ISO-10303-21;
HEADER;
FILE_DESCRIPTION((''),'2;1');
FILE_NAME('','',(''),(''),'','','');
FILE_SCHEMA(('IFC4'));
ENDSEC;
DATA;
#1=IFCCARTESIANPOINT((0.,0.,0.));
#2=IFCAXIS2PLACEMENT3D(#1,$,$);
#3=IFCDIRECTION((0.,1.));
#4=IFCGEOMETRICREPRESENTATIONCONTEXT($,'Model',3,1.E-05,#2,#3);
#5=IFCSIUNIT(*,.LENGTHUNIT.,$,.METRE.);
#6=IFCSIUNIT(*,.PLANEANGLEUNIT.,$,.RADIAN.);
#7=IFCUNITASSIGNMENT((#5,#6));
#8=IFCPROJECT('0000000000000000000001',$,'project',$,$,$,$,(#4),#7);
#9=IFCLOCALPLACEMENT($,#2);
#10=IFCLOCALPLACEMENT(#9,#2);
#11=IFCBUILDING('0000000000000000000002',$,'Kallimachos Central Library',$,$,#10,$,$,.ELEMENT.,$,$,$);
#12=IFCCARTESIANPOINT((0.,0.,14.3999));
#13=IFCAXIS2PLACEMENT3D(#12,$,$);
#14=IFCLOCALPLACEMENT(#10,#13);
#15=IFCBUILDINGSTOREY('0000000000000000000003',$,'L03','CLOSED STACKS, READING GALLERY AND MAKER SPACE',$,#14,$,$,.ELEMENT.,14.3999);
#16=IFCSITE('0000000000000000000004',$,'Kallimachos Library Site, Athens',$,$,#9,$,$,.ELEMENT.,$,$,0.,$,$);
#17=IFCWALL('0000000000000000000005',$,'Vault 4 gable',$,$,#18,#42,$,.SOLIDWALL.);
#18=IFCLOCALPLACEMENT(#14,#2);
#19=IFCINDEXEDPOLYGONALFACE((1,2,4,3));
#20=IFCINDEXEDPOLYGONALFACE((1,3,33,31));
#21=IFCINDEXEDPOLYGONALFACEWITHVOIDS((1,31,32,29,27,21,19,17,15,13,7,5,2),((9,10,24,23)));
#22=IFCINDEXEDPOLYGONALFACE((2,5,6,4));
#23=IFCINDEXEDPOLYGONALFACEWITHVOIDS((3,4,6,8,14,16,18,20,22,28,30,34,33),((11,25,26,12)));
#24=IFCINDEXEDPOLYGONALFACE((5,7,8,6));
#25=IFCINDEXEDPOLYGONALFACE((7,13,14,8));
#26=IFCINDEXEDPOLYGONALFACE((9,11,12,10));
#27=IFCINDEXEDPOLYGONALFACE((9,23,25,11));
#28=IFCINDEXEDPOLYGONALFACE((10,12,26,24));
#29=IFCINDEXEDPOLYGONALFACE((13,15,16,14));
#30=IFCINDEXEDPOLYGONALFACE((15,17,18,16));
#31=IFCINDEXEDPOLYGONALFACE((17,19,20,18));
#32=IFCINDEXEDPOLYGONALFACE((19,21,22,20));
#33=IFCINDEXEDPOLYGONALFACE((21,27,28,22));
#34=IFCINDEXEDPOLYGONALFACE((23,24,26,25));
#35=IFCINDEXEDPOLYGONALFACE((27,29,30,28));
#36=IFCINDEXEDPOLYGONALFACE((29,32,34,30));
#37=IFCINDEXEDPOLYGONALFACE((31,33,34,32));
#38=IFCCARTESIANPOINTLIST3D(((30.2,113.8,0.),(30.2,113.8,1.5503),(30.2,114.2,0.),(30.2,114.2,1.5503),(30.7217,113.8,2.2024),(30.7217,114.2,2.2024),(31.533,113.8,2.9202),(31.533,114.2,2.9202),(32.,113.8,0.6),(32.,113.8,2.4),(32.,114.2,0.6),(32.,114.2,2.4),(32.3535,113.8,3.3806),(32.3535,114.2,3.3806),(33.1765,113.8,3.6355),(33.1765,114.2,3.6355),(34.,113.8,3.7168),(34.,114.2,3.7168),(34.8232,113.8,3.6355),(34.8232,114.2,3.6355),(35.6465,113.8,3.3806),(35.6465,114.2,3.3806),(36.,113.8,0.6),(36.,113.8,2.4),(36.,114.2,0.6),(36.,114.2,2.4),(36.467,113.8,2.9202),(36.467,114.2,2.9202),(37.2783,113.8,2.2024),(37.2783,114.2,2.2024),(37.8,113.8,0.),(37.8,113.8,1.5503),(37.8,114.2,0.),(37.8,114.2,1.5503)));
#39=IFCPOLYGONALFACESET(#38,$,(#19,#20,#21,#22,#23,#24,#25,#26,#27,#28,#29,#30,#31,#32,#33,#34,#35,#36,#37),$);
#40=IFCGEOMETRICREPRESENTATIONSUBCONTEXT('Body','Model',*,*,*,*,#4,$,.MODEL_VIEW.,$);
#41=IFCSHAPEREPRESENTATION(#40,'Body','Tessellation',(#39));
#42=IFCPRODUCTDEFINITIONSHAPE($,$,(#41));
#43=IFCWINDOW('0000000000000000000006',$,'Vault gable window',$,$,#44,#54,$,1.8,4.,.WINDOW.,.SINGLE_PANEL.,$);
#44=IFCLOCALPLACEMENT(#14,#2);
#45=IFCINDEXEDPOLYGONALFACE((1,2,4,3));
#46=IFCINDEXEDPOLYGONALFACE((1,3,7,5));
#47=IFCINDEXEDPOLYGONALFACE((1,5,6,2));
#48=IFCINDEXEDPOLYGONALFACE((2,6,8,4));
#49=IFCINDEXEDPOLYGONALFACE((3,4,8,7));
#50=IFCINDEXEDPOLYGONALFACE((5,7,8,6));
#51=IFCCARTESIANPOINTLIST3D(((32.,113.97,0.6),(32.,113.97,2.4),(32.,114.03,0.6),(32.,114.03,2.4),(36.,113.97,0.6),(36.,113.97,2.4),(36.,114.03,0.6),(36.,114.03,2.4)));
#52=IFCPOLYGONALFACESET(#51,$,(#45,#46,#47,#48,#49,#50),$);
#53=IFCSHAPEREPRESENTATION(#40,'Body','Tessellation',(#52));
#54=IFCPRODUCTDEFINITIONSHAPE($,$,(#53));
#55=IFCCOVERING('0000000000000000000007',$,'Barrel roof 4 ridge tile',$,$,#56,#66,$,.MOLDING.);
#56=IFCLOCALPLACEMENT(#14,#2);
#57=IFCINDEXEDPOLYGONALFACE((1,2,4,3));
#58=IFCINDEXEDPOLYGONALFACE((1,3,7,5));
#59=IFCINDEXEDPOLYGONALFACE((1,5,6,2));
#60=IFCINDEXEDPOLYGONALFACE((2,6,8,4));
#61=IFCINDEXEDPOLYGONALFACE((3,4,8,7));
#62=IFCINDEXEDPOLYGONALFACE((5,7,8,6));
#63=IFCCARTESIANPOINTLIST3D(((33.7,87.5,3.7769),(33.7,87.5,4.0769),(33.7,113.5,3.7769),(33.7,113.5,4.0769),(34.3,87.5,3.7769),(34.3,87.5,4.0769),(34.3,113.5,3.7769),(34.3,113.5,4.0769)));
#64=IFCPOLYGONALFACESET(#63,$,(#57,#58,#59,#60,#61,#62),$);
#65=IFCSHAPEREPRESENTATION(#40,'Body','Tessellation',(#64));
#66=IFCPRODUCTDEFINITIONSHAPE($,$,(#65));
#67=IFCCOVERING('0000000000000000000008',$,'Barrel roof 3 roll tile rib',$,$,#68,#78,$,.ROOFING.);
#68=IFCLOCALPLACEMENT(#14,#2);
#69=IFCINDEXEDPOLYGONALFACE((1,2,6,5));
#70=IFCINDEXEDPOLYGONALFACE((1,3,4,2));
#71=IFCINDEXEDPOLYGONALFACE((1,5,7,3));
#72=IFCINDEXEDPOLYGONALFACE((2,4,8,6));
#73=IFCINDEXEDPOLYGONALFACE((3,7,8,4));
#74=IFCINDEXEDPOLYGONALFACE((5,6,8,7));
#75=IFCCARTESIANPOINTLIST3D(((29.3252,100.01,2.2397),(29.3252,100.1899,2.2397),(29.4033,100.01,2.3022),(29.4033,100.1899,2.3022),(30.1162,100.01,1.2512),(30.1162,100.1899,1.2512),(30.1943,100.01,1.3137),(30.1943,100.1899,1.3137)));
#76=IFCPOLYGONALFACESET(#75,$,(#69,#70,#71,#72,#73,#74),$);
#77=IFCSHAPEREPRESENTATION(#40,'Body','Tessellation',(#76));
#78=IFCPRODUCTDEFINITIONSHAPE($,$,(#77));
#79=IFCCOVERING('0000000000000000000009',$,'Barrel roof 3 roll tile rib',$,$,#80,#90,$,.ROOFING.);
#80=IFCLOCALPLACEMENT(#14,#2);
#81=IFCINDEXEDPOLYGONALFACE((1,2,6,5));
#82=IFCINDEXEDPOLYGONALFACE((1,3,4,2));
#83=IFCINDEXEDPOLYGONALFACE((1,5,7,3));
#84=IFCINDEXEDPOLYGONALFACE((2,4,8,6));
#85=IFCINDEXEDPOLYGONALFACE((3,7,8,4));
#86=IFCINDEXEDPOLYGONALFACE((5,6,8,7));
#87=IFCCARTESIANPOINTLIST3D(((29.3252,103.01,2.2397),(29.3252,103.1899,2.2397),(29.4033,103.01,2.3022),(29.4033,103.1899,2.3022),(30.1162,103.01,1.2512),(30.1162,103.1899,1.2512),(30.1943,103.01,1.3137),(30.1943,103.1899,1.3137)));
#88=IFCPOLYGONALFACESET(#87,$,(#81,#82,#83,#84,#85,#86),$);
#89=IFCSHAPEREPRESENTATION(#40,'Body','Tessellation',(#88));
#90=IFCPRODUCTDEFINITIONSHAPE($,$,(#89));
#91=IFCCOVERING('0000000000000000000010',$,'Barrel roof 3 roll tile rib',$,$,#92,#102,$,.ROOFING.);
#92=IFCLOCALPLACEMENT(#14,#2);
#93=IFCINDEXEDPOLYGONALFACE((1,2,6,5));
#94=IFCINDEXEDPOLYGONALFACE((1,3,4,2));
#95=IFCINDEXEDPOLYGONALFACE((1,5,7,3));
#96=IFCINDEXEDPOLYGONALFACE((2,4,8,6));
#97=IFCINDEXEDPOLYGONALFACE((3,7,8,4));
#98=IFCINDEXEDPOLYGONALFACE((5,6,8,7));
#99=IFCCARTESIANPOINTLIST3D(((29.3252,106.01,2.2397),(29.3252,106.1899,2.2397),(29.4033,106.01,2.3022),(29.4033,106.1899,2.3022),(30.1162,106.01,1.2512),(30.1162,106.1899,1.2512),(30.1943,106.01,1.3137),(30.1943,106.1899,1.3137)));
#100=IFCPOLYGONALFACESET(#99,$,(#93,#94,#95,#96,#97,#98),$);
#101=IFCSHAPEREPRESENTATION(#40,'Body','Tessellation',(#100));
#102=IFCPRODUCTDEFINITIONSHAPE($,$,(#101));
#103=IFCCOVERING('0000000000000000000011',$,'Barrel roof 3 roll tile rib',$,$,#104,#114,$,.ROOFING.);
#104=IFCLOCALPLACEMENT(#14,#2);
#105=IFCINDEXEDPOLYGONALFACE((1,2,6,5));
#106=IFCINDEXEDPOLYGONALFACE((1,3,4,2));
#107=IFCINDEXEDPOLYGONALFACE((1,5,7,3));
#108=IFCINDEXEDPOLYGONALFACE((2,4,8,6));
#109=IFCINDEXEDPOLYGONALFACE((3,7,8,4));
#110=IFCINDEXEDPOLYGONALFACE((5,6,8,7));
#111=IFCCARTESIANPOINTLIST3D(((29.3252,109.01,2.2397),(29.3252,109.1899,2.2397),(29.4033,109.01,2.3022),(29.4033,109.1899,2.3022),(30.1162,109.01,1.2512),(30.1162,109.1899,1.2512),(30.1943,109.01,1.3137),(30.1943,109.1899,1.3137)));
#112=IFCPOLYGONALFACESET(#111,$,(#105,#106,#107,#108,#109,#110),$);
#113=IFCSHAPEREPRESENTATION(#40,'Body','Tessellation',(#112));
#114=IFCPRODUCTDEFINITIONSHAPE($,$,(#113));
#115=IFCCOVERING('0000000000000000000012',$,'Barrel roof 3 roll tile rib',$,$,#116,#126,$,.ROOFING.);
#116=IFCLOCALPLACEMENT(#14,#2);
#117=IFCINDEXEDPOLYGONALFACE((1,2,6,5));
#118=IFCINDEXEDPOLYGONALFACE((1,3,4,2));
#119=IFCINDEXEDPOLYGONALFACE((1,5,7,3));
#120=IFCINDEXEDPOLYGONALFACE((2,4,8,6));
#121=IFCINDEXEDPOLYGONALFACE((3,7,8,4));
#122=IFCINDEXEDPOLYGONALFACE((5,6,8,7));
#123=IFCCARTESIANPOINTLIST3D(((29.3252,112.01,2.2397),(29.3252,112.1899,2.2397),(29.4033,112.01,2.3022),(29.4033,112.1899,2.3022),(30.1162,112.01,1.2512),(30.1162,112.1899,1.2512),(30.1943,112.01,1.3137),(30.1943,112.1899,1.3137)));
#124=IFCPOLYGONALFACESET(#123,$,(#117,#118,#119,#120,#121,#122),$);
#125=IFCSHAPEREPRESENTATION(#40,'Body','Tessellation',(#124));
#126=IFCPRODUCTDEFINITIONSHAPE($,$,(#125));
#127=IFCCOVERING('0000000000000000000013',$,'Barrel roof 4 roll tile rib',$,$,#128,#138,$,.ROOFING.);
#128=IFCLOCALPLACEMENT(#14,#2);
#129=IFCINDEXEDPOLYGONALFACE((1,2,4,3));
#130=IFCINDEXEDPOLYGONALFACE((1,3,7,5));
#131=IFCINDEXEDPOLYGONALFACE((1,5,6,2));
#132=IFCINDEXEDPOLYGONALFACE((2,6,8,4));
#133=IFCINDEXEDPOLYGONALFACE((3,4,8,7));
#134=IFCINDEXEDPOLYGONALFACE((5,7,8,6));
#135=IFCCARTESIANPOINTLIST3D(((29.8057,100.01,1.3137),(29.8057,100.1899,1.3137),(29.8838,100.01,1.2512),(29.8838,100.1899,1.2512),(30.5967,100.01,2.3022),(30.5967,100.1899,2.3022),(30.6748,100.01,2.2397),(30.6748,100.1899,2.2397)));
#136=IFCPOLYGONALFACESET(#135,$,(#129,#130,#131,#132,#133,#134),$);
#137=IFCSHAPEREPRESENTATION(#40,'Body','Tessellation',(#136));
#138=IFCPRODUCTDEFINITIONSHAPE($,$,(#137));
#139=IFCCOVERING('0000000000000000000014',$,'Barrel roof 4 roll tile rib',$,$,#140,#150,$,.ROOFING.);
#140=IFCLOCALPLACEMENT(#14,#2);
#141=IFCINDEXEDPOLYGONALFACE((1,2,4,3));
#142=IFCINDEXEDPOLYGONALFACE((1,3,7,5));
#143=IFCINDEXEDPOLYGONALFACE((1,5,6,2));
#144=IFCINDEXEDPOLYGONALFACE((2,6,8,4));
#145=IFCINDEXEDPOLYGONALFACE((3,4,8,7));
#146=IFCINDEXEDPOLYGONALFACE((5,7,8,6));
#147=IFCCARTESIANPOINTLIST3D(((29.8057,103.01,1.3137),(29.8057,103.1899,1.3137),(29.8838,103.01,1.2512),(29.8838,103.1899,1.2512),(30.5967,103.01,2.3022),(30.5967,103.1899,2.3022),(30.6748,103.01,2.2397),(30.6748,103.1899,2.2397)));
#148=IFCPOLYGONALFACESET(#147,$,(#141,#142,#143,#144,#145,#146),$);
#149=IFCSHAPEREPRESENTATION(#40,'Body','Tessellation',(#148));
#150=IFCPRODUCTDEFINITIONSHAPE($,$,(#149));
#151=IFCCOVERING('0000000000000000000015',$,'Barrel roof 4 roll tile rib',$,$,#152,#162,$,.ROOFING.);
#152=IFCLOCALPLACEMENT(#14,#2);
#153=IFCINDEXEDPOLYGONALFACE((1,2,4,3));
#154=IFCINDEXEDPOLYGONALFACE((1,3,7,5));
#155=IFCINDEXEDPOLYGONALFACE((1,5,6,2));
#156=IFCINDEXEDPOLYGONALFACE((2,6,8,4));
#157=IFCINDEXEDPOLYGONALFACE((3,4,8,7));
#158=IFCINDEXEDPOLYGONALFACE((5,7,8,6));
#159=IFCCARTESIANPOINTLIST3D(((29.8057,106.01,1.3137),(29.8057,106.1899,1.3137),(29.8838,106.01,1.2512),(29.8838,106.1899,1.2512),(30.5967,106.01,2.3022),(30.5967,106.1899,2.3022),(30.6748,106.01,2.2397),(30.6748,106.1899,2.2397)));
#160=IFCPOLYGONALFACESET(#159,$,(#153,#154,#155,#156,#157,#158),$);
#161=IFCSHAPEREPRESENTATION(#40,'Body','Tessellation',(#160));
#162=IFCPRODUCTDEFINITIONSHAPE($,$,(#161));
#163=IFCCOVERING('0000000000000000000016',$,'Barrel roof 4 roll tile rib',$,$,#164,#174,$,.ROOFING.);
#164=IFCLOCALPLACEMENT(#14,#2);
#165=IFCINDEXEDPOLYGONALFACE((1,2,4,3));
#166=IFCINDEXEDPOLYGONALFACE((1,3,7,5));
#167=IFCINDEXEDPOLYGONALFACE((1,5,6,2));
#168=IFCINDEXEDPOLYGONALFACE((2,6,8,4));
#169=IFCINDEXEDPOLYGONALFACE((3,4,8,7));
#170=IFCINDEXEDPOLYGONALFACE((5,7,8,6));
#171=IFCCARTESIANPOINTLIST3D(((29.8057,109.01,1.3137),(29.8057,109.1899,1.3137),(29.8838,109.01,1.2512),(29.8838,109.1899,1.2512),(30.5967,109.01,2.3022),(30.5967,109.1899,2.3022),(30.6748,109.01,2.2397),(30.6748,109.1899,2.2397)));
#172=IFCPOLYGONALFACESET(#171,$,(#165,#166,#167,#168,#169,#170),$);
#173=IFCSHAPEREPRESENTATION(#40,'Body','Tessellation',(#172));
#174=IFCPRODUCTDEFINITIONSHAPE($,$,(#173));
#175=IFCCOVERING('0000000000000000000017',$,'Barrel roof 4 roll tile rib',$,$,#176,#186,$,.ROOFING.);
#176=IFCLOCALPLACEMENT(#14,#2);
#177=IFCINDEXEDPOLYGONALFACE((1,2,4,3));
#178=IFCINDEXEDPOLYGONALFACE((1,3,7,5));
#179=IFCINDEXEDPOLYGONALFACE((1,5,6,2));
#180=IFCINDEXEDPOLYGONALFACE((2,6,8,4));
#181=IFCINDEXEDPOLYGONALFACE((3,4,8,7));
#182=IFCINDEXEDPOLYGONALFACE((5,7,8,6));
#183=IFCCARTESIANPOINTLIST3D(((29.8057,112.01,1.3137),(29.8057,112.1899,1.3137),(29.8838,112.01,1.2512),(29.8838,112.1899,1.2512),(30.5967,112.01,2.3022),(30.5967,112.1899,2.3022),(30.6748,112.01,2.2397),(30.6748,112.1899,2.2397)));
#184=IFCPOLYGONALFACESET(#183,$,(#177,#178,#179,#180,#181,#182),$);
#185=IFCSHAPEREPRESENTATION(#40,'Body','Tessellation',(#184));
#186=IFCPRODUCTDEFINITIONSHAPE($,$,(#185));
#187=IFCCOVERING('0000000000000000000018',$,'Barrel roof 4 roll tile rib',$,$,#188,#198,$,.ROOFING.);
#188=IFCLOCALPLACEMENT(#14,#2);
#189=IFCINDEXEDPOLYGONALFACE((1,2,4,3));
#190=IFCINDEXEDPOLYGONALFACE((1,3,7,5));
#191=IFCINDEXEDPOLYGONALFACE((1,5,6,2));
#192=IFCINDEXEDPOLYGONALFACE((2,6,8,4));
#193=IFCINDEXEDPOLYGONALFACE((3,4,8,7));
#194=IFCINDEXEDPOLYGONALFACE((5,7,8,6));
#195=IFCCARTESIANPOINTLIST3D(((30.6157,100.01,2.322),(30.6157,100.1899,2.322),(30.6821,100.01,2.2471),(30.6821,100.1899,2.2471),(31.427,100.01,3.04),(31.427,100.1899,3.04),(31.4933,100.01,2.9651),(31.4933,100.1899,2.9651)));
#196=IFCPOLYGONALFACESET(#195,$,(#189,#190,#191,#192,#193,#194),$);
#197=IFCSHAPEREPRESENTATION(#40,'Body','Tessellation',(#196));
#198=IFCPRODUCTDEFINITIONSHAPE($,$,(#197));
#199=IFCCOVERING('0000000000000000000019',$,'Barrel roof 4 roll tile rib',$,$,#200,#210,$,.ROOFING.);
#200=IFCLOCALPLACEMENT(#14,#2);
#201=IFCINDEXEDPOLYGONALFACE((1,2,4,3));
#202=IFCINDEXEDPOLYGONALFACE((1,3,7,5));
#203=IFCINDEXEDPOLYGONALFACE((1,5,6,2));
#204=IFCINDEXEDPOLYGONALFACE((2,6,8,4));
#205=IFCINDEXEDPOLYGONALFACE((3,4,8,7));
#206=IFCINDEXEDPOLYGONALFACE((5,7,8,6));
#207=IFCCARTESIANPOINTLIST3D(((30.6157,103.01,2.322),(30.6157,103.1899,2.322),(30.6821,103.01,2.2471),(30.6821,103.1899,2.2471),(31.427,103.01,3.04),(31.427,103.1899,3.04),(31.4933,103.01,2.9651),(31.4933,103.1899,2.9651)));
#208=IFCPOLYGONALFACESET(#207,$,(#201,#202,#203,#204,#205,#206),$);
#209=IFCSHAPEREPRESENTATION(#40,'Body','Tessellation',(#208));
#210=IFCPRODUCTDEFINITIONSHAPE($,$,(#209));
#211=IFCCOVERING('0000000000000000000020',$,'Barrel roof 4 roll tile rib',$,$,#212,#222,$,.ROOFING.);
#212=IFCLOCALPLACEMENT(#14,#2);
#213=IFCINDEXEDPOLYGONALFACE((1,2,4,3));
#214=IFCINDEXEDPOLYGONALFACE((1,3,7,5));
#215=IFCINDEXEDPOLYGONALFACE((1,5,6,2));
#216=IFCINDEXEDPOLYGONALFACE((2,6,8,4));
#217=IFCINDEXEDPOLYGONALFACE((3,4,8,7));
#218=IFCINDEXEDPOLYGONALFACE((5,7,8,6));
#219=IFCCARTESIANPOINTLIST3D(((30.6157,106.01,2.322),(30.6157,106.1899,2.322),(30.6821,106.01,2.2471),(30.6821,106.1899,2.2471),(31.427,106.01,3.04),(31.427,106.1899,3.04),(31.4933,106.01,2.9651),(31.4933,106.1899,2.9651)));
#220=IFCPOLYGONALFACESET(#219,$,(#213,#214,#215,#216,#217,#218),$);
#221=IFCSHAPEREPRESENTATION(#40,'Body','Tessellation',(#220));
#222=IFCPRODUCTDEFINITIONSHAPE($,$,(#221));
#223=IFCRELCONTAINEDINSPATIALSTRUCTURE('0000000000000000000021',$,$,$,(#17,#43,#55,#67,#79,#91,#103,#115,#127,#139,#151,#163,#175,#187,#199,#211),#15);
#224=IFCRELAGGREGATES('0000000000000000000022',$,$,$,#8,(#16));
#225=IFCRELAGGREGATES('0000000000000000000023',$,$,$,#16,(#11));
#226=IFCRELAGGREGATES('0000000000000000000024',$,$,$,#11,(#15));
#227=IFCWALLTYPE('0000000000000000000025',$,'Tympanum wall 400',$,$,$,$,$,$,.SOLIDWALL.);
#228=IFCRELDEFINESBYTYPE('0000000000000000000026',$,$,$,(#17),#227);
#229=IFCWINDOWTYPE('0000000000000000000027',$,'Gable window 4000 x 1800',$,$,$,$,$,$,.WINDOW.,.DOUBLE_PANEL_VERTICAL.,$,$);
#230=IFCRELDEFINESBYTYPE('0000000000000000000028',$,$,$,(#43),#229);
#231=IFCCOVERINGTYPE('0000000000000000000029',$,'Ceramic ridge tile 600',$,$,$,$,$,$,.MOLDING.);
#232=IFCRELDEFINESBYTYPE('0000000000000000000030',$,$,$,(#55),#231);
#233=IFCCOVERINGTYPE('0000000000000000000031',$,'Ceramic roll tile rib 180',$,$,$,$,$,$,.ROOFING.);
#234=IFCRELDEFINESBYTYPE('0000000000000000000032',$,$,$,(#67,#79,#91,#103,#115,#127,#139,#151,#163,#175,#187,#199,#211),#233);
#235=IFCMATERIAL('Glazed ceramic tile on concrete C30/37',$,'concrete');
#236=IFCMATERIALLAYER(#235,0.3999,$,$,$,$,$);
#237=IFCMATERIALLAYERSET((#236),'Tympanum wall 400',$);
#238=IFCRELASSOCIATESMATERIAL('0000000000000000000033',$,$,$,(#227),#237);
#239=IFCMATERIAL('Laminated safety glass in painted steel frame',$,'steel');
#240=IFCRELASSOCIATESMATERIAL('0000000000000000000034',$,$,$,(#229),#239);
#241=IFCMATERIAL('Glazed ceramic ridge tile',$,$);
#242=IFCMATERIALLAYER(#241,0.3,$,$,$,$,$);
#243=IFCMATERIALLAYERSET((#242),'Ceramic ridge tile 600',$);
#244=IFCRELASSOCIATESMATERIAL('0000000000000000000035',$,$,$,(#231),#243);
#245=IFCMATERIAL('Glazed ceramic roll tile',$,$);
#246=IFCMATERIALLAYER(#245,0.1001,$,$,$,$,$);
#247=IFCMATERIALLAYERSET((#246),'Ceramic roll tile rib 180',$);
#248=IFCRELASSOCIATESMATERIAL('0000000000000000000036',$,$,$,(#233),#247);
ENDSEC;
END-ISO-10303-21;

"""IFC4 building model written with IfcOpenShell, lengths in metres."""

from ifc_helpers import new_model, si_unit, direction, frame, frame_2d, origin, origin_2d, place, context, subcontext, project, spatial, polyline, rectangle, outline, extrude, material, layer, layer_set, type_object, element, fill, save


model = new_model("IFC4")

# Units and contexts
model_context = context("Model", 3, precision=1e-05, world=origin(), true_north=direction((0.0, 1.0)))
body_context = subcontext(model_context, "Body", "Model", "MODEL_VIEW")
ifc_project = project(units=[si_unit("LENGTHUNIT", "METRE"), si_unit("PLANEANGLEUNIT", "RADIAN")], contexts=[model_context])

# Site, building, storey
site_placement = place(None, origin())
site = spatial("IfcSite", under=ifc_project, at=site_placement, Name="Kallimachos Library Site, Athens", CompositionType="ELEMENT", RefElevation=0.0)
building_placement = place(site_placement, origin())
building = spatial("IfcBuilding", under=site, at=building_placement, Name="Kallimachos Central Library", CompositionType="ELEMENT")
storey_placement = place(building_placement, frame((0.0, 0.0, 14.3999)))
storey = spatial("IfcBuildingStorey", under=building, at=storey_placement, Name="L03", Description="CLOSED STACKS, READING GALLERY AND MAKER SPACE", CompositionType="ELEMENT", Elevation=14.3999)

# Wall, opening, window
ifc_material_1 = material(Name="Glazed ceramic tile on concrete C30/37", Category="concrete")
ifc_layer_1 = layer(ifc_material_1, 0.3999)
ifc_layer_set_1 = layer_set([ifc_layer_1], Name="Tympanum wall 400")
wall_type = type_object("IfcWallType", Name="Tympanum wall 400", PredefinedType="SOLIDWALL", material=ifc_layer_set_1)
wall_placement = place(storey_placement, frame((30.2, 114.0, 0.0), z_axis=(0.0, 0.0, 1.0), x_axis=(1.0, 0.0, 0.0)))
wall = element("IfcWall", 1, at=wall_placement, inside=storey, type_object=wall_type, Name="Vault 4 gable", PredefinedType="SOLIDWALL", context=body_context, shape_type="SweptSolid", body=[
    extrude(outline(polyline([(0.0, 0.0), (7.6001, 0.0), (7.6001, 1.5503), (7.0784, 2.2024), (6.2671, 2.9202), (5.4465, 3.3806), (4.6233, 3.6355), (3.8, 3.7168), (2.9766, 3.6355), (2.1536, 3.3806), (1.333, 2.9202), (0.5217, 2.2024), (0.0, 1.5503), (0.0, 0.0)])), frame((0.0, 0.2, 0.0), z_axis=(0.0, -1.0, 0.0), x_axis=(1.0, 0.0, 0.0)), (0.0, 0.0, 1.0), 0.3999),
])
opening_placement = place(wall_placement, frame((1.8, 0.0, 0.6001)))
opening = element("IfcOpeningElement", 2, at=opening_placement, cuts=wall, PredefinedType="OPENING", context=body_context, shape_type="SweptSolid", body=[
    extrude(rectangle(XDim=4.0, YDim=1.8, at=frame_2d((2.0, 0.8999))), frame((0.0, 0.21, 0.0), z_axis=(0.0, -1.0, 0.0), x_axis=(1.0, 0.0, 0.0)), (0.0, 0.0, 1.0), 0.4199),
])
ifc_material_2 = material(Name="Laminated safety glass in painted steel frame", Category="steel")
window_type = type_object("IfcWindowType", Name="Gable window 4000 x 1800", PartitioningType="DOUBLE_PANEL_VERTICAL", PredefinedType="WINDOW", material=ifc_material_2)
window_placement = place(opening_placement, origin())
window = element("IfcWindow", 3, at=window_placement, inside=storey, type_object=window_type, Name="Vault gable window", OverallHeight=1.8, OverallWidth=4.0, PartitioningType="SINGLE_PANEL", PredefinedType="WINDOW", context=body_context, shape_type="SweptSolid", body=[
    extrude(rectangle(XDim=4.0, YDim=1.8, at=frame_2d((2.0, 0.8999))), frame((0.0, 0.03, 0.0), z_axis=(0.0, -1.0, 0.0), x_axis=(1.0, 0.0, 0.0)), (0.0, 0.0, 1.0), 0.0601),
])
fill(opening, window)

# Coverings
ifc_material_3 = material(Name="Glazed ceramic ridge tile")
ifc_layer_2 = layer(ifc_material_3, 0.3)
ifc_layer_set_2 = layer_set([ifc_layer_2], Name="Ceramic ridge tile 600")
covering_type_1 = type_object("IfcCoveringType", Name="Ceramic ridge tile 600", PredefinedType="MOLDING", material=ifc_layer_set_2)
covering_1_placement = place(storey_placement, frame((34.0, 100.5, 3.7769), z_axis=(0.0, 0.0, 1.0), x_axis=(1.0, 0.0, 0.0)))
element("IfcCovering", 4, at=covering_1_placement, inside=storey, type_object=covering_type_1, Name="Barrel roof 4 ridge tile", PredefinedType="MOLDING", context=body_context, shape_type="SweptSolid", body=[
    extrude(rectangle(XDim=0.6001, YDim=26.0, at=origin_2d()), origin(), (0.0, 0.0, 1.0), 0.3),
])
ifc_material_4 = material(Name="Glazed ceramic roll tile")
ifc_layer_3 = layer(ifc_material_4, 0.1001)
ifc_layer_set_3 = layer_set([ifc_layer_3], Name="Ceramic roll tile rib 180")
covering_type_2 = type_object("IfcCoveringType", Name="Ceramic roll tile rib 180", PredefinedType="ROOFING", material=ifc_layer_set_3)
for number, where, z_axis, x_axis, name in (
    (5, (29.4033, 100.01, 2.3022), (0.780794, 0.0, 0.624789), (0.624789, 0.0, -0.780794), "Barrel roof 3 roll tile rib"),
    (6, (29.4033, 103.01, 2.3022), (0.780794, 0.0, 0.624789), (0.624789, 0.0, -0.780794), "Barrel roof 3 roll tile rib"),
    (7, (29.4033, 106.01, 2.3022), (0.780794, 0.0, 0.624789), (0.624789, 0.0, -0.780794), "Barrel roof 3 roll tile rib"),
    (8, (29.4033, 109.01, 2.3022), (0.780794, 0.0, 0.624789), (0.624789, 0.0, -0.780794), "Barrel roof 3 roll tile rib"),
    (9, (29.4033, 112.01, 2.3022), (0.780794, 0.0, 0.624789), (0.624789, 0.0, -0.780794), "Barrel roof 3 roll tile rib"),
    (10, (29.8057, 100.01, 1.3137), (-0.780794, 0.0, 0.624789), (0.624789, 0.0, 0.780794), "Barrel roof 4 roll tile rib"),
    (11, (29.8057, 103.01, 1.3137), (-0.780794, 0.0, 0.624789), (0.624789, 0.0, 0.780794), "Barrel roof 4 roll tile rib"),
    (12, (29.8057, 106.01, 1.3137), (-0.780794, 0.0, 0.624789), (0.624789, 0.0, 0.780794), "Barrel roof 4 roll tile rib"),
    (13, (29.8057, 109.01, 1.3137), (-0.780794, 0.0, 0.624789), (0.624789, 0.0, 0.780794), "Barrel roof 4 roll tile rib"),
    (14, (29.8057, 112.01, 1.3137), (-0.780794, 0.0, 0.624789), (0.624789, 0.0, 0.780794), "Barrel roof 4 roll tile rib"),
):
    element("IfcCovering", number, at=place(storey_placement, frame(where, z_axis=z_axis, x_axis=x_axis)), inside=storey, type_object=covering_type_2, Name=name, PredefinedType="ROOFING", context=body_context, shape_type="SweptSolid", body=[
        extrude(outline(polyline([(0.0, 0.0), (1.2661, 0.0), (1.2661, 0.1799), (0.0, 0.1799), (0.0, 0.0)])), origin(), (0.0, 0.0, -1.0), 0.1001),
    ])
for number, where, z_axis, x_axis, name in (
    (15, (30.6157, 100.01, 2.322), (-0.662754, 0.0, 0.748837), (0.748837, 0.0, 0.662754), "Barrel roof 4 roll tile rib"),
    (16, (30.6157, 103.01, 2.322), (-0.662754, 0.0, 0.748837), (0.748837, 0.0, 0.662754), "Barrel roof 4 roll tile rib"),
    (17, (30.6157, 106.01, 2.322), (-0.662754, 0.0, 0.748837), (0.748837, 0.0, 0.662754), "Barrel roof 4 roll tile rib"),
):
    element("IfcCovering", number, at=place(storey_placement, frame(where, z_axis=z_axis, x_axis=x_axis)), inside=storey, type_object=covering_type_2, Name=name, PredefinedType="ROOFING", context=body_context, shape_type="SweptSolid", body=[
        extrude(outline(polyline([(0.0, 0.0), (1.0834, 0.0), (1.0834, 0.1799), (0.0, 0.1799), (0.0, 0.0)])), origin(), (0.0, 0.0, -1.0), 0.1001),
    ])

save(model, "model.ifc")
